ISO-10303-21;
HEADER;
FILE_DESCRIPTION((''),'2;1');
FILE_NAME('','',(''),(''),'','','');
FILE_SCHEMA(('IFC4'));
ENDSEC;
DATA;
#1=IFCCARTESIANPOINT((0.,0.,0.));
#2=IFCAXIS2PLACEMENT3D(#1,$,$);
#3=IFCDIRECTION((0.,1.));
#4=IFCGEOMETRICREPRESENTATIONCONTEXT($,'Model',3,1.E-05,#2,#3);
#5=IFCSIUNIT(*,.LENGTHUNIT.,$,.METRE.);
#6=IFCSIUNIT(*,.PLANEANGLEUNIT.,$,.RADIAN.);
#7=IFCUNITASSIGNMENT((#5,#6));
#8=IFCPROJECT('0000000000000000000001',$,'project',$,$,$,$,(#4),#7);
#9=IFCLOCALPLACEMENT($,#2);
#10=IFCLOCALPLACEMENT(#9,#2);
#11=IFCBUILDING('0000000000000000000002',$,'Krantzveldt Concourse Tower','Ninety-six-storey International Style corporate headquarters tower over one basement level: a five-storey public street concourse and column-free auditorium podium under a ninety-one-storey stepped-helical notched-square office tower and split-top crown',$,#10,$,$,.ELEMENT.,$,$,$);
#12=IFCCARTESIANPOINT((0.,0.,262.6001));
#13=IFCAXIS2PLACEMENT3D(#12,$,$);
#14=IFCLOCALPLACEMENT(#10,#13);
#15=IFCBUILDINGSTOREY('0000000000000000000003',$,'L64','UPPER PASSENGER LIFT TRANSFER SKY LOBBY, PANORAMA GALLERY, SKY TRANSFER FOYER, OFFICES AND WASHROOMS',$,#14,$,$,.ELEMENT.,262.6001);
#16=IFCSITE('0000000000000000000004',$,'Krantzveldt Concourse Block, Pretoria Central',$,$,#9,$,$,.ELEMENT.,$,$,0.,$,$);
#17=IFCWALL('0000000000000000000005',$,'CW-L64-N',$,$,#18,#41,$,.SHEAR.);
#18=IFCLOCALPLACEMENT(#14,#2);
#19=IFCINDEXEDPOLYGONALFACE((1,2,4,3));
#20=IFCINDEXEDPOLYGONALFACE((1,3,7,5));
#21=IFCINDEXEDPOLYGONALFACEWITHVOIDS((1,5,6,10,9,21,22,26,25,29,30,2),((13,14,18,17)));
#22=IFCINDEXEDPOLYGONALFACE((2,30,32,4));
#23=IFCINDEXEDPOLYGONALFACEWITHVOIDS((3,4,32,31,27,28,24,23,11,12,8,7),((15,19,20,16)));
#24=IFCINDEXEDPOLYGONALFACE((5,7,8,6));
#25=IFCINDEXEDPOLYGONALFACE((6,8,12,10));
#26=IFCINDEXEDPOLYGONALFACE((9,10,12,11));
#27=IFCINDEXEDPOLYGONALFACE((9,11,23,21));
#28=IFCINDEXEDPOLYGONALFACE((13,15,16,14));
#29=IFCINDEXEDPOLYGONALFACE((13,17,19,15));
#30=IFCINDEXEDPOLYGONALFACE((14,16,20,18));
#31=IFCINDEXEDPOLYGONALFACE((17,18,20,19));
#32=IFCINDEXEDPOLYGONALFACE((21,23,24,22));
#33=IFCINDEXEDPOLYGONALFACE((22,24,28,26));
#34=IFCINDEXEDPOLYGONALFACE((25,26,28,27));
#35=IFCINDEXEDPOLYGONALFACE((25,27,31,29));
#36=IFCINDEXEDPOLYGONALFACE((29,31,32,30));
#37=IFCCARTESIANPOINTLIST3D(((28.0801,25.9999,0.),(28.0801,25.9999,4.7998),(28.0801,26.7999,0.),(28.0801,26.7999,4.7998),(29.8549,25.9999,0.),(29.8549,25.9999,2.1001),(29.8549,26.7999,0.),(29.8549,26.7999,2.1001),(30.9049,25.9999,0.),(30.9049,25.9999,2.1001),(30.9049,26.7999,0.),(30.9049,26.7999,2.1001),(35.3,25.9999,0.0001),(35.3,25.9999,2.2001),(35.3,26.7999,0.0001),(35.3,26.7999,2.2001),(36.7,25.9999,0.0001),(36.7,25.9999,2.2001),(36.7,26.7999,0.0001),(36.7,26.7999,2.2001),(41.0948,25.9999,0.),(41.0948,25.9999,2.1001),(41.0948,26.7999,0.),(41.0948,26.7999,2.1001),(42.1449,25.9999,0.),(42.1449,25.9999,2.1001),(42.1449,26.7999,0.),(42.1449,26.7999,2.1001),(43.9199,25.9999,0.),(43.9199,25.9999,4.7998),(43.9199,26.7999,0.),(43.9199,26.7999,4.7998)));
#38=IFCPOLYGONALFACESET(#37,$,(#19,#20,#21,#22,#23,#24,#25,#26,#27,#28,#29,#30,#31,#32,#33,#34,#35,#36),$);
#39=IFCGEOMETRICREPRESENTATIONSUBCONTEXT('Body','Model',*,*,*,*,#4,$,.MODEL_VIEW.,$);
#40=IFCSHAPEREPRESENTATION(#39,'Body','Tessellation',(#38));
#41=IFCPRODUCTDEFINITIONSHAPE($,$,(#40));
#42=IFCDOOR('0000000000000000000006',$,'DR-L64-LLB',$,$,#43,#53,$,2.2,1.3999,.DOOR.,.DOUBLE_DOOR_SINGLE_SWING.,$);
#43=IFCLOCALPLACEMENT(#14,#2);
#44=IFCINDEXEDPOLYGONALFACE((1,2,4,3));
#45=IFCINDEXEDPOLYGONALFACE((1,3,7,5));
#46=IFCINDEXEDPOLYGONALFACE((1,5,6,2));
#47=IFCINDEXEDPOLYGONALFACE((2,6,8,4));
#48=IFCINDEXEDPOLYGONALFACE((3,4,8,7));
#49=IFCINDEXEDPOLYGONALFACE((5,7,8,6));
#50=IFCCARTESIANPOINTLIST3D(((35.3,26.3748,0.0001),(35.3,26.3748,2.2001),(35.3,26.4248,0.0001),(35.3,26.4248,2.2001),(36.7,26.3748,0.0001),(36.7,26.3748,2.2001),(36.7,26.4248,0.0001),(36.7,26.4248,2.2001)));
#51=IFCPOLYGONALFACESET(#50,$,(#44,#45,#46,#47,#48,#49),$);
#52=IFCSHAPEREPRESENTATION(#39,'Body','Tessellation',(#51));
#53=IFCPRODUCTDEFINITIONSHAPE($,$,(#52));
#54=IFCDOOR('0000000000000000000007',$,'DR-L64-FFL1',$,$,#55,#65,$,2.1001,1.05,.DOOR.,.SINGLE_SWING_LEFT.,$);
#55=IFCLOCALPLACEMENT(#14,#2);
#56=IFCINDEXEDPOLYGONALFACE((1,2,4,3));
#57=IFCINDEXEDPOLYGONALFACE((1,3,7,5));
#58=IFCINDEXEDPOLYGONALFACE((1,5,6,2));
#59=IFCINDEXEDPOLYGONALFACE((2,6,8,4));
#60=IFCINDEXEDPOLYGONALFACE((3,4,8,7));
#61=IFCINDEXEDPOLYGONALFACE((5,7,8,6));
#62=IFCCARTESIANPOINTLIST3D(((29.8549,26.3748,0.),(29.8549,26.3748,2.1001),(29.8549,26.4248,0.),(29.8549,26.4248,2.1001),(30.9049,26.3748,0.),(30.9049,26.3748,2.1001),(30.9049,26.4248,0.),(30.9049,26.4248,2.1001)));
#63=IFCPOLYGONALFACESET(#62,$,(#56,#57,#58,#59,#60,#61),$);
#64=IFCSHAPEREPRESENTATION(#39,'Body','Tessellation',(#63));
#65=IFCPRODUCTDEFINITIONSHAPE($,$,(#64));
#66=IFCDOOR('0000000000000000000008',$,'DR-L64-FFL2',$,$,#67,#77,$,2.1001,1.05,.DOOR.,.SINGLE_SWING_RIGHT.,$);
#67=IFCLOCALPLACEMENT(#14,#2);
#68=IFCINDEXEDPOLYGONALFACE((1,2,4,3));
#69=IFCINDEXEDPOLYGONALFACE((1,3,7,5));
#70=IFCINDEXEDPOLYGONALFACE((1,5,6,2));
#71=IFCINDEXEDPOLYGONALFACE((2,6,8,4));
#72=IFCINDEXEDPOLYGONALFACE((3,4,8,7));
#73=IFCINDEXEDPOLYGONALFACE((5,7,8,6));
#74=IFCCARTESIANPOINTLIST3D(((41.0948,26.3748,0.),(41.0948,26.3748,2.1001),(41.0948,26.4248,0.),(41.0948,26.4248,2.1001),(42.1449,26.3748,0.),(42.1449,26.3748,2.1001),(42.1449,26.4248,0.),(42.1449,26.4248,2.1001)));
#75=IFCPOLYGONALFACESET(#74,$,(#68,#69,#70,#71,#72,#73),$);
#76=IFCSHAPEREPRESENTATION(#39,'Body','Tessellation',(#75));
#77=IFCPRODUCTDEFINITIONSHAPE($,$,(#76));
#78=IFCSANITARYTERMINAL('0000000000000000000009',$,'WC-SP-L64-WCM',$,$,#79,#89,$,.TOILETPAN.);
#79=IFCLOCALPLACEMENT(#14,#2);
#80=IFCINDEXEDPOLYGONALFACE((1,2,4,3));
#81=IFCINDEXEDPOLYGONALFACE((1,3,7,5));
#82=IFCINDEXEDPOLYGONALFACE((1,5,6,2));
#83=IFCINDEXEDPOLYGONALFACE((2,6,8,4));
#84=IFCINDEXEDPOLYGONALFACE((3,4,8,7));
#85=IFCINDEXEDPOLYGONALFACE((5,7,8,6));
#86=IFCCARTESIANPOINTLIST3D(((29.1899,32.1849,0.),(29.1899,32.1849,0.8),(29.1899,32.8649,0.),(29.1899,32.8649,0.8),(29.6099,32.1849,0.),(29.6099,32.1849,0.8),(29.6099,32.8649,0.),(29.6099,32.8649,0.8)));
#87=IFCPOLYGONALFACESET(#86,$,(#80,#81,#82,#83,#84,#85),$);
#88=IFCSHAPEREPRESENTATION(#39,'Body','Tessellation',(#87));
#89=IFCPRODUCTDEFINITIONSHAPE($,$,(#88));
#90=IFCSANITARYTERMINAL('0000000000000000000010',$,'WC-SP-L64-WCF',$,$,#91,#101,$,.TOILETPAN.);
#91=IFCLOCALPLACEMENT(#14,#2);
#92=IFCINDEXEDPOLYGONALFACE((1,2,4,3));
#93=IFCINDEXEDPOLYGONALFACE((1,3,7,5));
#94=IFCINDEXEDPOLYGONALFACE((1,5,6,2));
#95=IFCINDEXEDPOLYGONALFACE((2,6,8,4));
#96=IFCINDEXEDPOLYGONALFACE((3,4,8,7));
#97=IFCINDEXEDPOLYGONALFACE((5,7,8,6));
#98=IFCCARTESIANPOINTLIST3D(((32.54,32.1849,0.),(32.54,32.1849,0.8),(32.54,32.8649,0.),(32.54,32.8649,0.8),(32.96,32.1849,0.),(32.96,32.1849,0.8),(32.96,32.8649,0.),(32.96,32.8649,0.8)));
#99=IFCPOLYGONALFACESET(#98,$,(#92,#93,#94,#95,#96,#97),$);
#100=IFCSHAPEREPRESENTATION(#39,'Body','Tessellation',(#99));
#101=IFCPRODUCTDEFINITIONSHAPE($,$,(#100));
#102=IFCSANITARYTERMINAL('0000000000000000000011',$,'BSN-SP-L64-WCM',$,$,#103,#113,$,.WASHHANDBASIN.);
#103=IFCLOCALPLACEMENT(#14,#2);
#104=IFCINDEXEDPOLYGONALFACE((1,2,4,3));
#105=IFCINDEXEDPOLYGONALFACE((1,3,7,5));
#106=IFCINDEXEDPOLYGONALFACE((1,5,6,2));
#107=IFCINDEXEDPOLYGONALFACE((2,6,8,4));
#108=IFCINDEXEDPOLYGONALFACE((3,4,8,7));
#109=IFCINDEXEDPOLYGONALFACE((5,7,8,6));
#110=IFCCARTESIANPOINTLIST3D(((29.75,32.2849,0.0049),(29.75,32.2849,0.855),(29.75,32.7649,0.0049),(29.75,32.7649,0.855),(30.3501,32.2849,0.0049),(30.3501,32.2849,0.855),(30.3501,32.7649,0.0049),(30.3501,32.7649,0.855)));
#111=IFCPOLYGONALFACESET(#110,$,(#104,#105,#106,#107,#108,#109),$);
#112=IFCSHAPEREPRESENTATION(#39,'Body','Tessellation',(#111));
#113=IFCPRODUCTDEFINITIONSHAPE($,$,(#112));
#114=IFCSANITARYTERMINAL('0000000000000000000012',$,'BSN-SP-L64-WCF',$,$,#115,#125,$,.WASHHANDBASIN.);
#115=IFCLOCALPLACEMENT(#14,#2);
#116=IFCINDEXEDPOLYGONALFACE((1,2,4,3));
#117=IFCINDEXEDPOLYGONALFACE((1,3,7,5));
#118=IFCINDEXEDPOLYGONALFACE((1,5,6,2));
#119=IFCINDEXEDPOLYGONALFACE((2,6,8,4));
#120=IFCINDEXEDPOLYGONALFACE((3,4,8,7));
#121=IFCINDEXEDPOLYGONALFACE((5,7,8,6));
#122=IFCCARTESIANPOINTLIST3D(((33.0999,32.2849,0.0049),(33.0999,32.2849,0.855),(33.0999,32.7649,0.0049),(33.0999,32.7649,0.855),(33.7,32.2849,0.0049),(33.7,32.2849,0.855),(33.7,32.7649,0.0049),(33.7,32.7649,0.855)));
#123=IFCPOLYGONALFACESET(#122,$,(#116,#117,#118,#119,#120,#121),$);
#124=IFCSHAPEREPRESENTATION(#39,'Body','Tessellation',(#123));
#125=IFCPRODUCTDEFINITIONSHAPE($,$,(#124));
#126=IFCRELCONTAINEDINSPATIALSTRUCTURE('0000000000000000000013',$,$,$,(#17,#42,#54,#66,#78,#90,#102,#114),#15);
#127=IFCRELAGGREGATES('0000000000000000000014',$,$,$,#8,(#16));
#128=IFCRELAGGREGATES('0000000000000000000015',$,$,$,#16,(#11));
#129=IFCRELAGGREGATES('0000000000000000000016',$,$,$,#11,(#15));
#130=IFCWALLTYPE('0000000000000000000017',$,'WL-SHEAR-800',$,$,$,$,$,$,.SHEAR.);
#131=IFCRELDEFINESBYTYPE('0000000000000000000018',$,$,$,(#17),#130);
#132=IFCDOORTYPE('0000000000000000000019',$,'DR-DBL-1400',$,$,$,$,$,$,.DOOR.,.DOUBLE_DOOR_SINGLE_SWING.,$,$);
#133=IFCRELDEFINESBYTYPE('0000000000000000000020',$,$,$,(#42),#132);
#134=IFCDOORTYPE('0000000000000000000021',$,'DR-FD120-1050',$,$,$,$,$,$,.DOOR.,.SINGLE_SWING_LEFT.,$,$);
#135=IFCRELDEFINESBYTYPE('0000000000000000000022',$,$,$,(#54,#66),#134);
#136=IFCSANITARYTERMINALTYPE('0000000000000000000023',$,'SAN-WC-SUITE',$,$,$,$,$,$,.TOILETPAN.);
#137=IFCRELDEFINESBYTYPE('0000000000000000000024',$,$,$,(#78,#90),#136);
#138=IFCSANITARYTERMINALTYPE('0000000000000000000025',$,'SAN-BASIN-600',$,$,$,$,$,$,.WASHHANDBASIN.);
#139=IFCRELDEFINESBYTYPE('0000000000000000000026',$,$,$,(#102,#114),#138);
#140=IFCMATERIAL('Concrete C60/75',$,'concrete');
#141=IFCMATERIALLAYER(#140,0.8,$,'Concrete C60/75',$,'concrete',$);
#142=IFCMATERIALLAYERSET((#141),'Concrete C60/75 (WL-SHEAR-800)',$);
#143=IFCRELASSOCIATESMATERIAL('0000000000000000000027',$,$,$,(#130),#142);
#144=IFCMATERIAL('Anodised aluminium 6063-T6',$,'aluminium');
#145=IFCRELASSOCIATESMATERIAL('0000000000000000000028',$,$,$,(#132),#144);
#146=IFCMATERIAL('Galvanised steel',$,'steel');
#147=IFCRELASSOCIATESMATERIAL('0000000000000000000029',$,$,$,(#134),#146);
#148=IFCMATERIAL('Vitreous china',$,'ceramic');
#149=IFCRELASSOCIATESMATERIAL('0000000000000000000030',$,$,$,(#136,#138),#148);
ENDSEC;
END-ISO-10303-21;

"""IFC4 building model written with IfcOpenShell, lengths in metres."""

from ifc_helpers import new_model, si_unit, direction, frame, frame_2d, origin, origin_2d, place, context, subcontext, project, spatial, rectangle, extrude, source, transform, mapped, material, layer, layer_set, type_object, type_shapes, element, fill, save


model = new_model("IFC4")

# Units and contexts
model_context = context("Model", 3, precision=1e-05, world=origin(), true_north=direction((0.0, 1.0)))
body_context = subcontext(model_context, "Body", "Model", "MODEL_VIEW")
ifc_project = project(units=[si_unit("LENGTHUNIT", "METRE"), si_unit("PLANEANGLEUNIT", "RADIAN")], contexts=[model_context])

# Site, building, storey
site_placement = place(None, origin())
site = spatial("IfcSite", under=ifc_project, at=site_placement, Name="Krantzveldt Concourse Block, Pretoria Central", CompositionType="ELEMENT", RefElevation=0.0)
building_placement = place(site_placement, origin())
building = spatial("IfcBuilding", under=site, at=building_placement, Name="Krantzveldt Concourse Tower", Description="Ninety-six-storey International Style corporate headquarters tower over one basement level: a five-storey public street concourse and column-free auditorium podium under a ninety-one-storey stepped-helical notched-square office tower and split-top crown", CompositionType="ELEMENT")
storey_placement = place(building_placement, frame((0.0, 0.0, 262.6001)))
storey = spatial("IfcBuildingStorey", under=building, at=storey_placement, Name="L64", Description="UPPER PASSENGER LIFT TRANSFER SKY LOBBY, PANORAMA GALLERY, SKY TRANSFER FOYER, OFFICES AND WASHROOMS", CompositionType="ELEMENT", Elevation=262.6001)

# Wall, openings, doors
ifc_material_1 = material(Name="Concrete C60/75", Category="concrete")
ifc_layer_1 = layer(ifc_material_1, 0.8, Name="Concrete C60/75", Category="concrete")
ifc_layer_set_1 = layer_set([ifc_layer_1], Name="Concrete C60/75 (WL-SHEAR-800)")
wall_type_1 = type_object("IfcWallType", Name="WL-SHEAR-800", PredefinedType="SHEAR", material=ifc_layer_set_1)
wall_1_placement = place(storey_placement, frame((28.0801, 26.3999, 0.0), z_axis=(0.0, 0.0, 1.0), x_axis=(1.0, 0.0, 0.0)))
wall_1 = element("IfcWall", 1, at=wall_1_placement, inside=storey, type_object=wall_type_1, Name="CW-L64-N", PredefinedType="SHEAR", context=body_context, shape_type="SweptSolid", body=[
    extrude(rectangle(XDim=15.8398, YDim=0.8, at=frame_2d((7.9199, 0.0))), origin(), (0.0, 0.0, 1.0), 4.7998),
])
opening_1_placement = place(wall_1_placement, frame((7.22, 0.0, 0.0)))
opening_1 = element("IfcOpeningElement", 2, at=opening_1_placement, cuts=wall_1, PredefinedType="OPENING", context=body_context, shape_type="SweptSolid", body=[
    extrude(rectangle(XDim=1.3999, YDim=2.2, at=frame_2d((0.7, 1.1001))), frame((0.0, 0.4102, 0.0), z_axis=(0.0, -1.0, 0.0), x_axis=(1.0, 0.0, 0.0)), (0.0, 0.0, 1.0), 0.8201),
])
opening_2_placement = place(wall_1_placement, frame((1.7749, 0.0, 0.0)))
opening_2 = element("IfcOpeningElement", 3, at=opening_2_placement, cuts=wall_1, PredefinedType="OPENING", context=body_context, shape_type="SweptSolid", body=[
    extrude(rectangle(XDim=1.05, YDim=2.1001, at=frame_2d((0.5249, 1.05))), frame((0.0, 0.4102, 0.0), z_axis=(0.0, -1.0, 0.0), x_axis=(1.0, 0.0, 0.0)), (0.0, 0.0, 1.0), 0.8201),
])
opening_3_placement = place(wall_1_placement, frame((13.0149, 0.0, 0.0)))
opening_3 = element("IfcOpeningElement", 4, at=opening_3_placement, cuts=wall_1, PredefinedType="OPENING", context=body_context, shape_type="SweptSolid", body=[
    extrude(rectangle(XDim=1.05, YDim=2.1001, at=frame_2d((0.5249, 1.05))), frame((0.0, 0.4102, 0.0), z_axis=(0.0, -1.0, 0.0), x_axis=(1.0, 0.0, 0.0)), (0.0, 0.0, 1.0), 0.8201),
])
ifc_material_2 = material(Name="Anodised aluminium 6063-T6", Category="aluminium")
door_type_1 = type_object("IfcDoorType", Name="DR-DBL-1400", OperationType="DOUBLE_DOOR_SINGLE_SWING", PredefinedType="DOOR", material=ifc_material_2)
door_1_placement = place(opening_1_placement, origin())
door_1 = element("IfcDoor", 5, at=door_1_placement, inside=storey, type_object=door_type_1, Name="DR-L64-LLB", OperationType="DOUBLE_DOOR_SINGLE_SWING", OverallHeight=2.2, OverallWidth=1.3999, PredefinedType="DOOR", context=body_context, shape_type="SweptSolid", body=[
    extrude(rectangle(XDim=1.3999, YDim=2.2, at=frame_2d((0.7, 1.1001))), frame((0.0, 0.0249, 0.0), z_axis=(0.0, -1.0, 0.0), x_axis=(1.0, 0.0, 0.0)), (0.0, 0.0, 1.0), 0.05),
])
fill(opening_1, door_1)
ifc_material_3 = material(Name="Galvanised steel", Category="steel")
door_type_2 = type_object("IfcDoorType", Name="DR-FD120-1050", OperationType="SINGLE_SWING_LEFT", PredefinedType="DOOR", material=ifc_material_3)
door_2_placement = place(opening_2_placement, origin())
door_2 = element("IfcDoor", 6, at=door_2_placement, inside=storey, type_object=door_type_2, Name="DR-L64-FFL1", OperationType="SINGLE_SWING_LEFT", OverallHeight=2.1001, OverallWidth=1.05, PredefinedType="DOOR", context=body_context, shape_type="SweptSolid", body=[
    extrude(rectangle(XDim=1.05, YDim=2.1001, at=frame_2d((0.5249, 1.05))), frame((0.0, 0.0249, 0.0), z_axis=(0.0, -1.0, 0.0), x_axis=(1.0, 0.0, 0.0)), (0.0, 0.0, 1.0), 0.05),
])
fill(opening_2, door_2)
door_3_placement = place(opening_3_placement, origin())
door_3 = element("IfcDoor", 7, at=door_3_placement, inside=storey, type_object=door_type_2, Name="DR-L64-FFL2", OperationType="SINGLE_SWING_RIGHT", OverallHeight=2.1001, OverallWidth=1.05, PredefinedType="DOOR", context=body_context, shape_type="SweptSolid", body=[
    extrude(rectangle(XDim=1.05, YDim=2.1001, at=frame_2d((0.5249, 1.05))), frame((0.0, 0.0249, 0.0), z_axis=(0.0, -1.0, 0.0), x_axis=(1.0, 0.0, 0.0)), (0.0, 0.0, 1.0), 0.05),
])
fill(opening_3, door_3)

# Sanitary terminals
ifc_material_4 = material(Name="Vitreous china", Category="ceramic")
sanitary_terminal_type_1 = type_object("IfcSanitaryTerminalType", Name="SAN-WC-SUITE", PredefinedType="TOILETPAN", material=ifc_material_4)
shared_shape_1 = source(origin(), body_context, "Body", "SweptSolid", [
    extrude(rectangle(XDim=0.4199, YDim=0.6799, at=origin_2d()), origin(), (0.0, 0.0, 1.0), 0.8),
])
type_shapes(sanitary_terminal_type_1, [shared_shape_1])
for number, where, z_axis, x_axis, name in (
    (8, (29.3999, 32.5249, 0.0), (0.0, 0.0, 1.0), (1.0, 0.0, 0.0), "WC-SP-L64-WCM"),
    (9, (32.75, 32.5249, 0.0), (0.0, 0.0, 1.0), (1.0, 0.0, 0.0), "WC-SP-L64-WCF"),
):
    element("IfcSanitaryTerminal", number, at=place(storey_placement, frame(where, z_axis=z_axis, x_axis=x_axis)), inside=storey, type_object=sanitary_terminal_type_1, Name=name, PredefinedType="TOILETPAN", context=body_context, shape_type="MappedRepresentation", body=[
        mapped(shared_shape_1, transform((0.0, 0.0, 0.0), x_axis=(1.0, 0.0, 0.0), y_axis=(0.0, 1.0, 0.0), z_axis=(0.0, 0.0, 1.0), scale=1.0)),
    ])
sanitary_terminal_type_2 = type_object("IfcSanitaryTerminalType", Name="SAN-BASIN-600", PredefinedType="WASHHANDBASIN", material=ifc_material_4)
shared_shape_2 = source(origin(), body_context, "Body", "SweptSolid", [
    extrude(rectangle(XDim=0.6001, YDim=0.48, at=origin_2d()), origin(), (0.0, 0.0, 1.0), 0.8501),
])
type_shapes(sanitary_terminal_type_2, [shared_shape_2])
for number, where, z_axis, x_axis, name in (
    (10, (30.05, 32.5249, 0.0049), (0.0, 0.0, 1.0), (1.0, 0.0, 0.0), "BSN-SP-L64-WCM"),
    (11, (33.3999, 32.5249, 0.0049), (0.0, 0.0, 1.0), (1.0, 0.0, 0.0), "BSN-SP-L64-WCF"),
):
    element("IfcSanitaryTerminal", number, at=place(storey_placement, frame(where, z_axis=z_axis, x_axis=x_axis)), inside=storey, type_object=sanitary_terminal_type_2, Name=name, PredefinedType="WASHHANDBASIN", context=body_context, shape_type="MappedRepresentation", body=[
        mapped(shared_shape_2, transform((0.0, 0.0, 0.0), x_axis=(1.0, 0.0, 0.0), y_axis=(0.0, 1.0, 0.0), z_axis=(0.0, 0.0, 1.0), scale=1.0)),
    ])

save(model, "model.ifc")
